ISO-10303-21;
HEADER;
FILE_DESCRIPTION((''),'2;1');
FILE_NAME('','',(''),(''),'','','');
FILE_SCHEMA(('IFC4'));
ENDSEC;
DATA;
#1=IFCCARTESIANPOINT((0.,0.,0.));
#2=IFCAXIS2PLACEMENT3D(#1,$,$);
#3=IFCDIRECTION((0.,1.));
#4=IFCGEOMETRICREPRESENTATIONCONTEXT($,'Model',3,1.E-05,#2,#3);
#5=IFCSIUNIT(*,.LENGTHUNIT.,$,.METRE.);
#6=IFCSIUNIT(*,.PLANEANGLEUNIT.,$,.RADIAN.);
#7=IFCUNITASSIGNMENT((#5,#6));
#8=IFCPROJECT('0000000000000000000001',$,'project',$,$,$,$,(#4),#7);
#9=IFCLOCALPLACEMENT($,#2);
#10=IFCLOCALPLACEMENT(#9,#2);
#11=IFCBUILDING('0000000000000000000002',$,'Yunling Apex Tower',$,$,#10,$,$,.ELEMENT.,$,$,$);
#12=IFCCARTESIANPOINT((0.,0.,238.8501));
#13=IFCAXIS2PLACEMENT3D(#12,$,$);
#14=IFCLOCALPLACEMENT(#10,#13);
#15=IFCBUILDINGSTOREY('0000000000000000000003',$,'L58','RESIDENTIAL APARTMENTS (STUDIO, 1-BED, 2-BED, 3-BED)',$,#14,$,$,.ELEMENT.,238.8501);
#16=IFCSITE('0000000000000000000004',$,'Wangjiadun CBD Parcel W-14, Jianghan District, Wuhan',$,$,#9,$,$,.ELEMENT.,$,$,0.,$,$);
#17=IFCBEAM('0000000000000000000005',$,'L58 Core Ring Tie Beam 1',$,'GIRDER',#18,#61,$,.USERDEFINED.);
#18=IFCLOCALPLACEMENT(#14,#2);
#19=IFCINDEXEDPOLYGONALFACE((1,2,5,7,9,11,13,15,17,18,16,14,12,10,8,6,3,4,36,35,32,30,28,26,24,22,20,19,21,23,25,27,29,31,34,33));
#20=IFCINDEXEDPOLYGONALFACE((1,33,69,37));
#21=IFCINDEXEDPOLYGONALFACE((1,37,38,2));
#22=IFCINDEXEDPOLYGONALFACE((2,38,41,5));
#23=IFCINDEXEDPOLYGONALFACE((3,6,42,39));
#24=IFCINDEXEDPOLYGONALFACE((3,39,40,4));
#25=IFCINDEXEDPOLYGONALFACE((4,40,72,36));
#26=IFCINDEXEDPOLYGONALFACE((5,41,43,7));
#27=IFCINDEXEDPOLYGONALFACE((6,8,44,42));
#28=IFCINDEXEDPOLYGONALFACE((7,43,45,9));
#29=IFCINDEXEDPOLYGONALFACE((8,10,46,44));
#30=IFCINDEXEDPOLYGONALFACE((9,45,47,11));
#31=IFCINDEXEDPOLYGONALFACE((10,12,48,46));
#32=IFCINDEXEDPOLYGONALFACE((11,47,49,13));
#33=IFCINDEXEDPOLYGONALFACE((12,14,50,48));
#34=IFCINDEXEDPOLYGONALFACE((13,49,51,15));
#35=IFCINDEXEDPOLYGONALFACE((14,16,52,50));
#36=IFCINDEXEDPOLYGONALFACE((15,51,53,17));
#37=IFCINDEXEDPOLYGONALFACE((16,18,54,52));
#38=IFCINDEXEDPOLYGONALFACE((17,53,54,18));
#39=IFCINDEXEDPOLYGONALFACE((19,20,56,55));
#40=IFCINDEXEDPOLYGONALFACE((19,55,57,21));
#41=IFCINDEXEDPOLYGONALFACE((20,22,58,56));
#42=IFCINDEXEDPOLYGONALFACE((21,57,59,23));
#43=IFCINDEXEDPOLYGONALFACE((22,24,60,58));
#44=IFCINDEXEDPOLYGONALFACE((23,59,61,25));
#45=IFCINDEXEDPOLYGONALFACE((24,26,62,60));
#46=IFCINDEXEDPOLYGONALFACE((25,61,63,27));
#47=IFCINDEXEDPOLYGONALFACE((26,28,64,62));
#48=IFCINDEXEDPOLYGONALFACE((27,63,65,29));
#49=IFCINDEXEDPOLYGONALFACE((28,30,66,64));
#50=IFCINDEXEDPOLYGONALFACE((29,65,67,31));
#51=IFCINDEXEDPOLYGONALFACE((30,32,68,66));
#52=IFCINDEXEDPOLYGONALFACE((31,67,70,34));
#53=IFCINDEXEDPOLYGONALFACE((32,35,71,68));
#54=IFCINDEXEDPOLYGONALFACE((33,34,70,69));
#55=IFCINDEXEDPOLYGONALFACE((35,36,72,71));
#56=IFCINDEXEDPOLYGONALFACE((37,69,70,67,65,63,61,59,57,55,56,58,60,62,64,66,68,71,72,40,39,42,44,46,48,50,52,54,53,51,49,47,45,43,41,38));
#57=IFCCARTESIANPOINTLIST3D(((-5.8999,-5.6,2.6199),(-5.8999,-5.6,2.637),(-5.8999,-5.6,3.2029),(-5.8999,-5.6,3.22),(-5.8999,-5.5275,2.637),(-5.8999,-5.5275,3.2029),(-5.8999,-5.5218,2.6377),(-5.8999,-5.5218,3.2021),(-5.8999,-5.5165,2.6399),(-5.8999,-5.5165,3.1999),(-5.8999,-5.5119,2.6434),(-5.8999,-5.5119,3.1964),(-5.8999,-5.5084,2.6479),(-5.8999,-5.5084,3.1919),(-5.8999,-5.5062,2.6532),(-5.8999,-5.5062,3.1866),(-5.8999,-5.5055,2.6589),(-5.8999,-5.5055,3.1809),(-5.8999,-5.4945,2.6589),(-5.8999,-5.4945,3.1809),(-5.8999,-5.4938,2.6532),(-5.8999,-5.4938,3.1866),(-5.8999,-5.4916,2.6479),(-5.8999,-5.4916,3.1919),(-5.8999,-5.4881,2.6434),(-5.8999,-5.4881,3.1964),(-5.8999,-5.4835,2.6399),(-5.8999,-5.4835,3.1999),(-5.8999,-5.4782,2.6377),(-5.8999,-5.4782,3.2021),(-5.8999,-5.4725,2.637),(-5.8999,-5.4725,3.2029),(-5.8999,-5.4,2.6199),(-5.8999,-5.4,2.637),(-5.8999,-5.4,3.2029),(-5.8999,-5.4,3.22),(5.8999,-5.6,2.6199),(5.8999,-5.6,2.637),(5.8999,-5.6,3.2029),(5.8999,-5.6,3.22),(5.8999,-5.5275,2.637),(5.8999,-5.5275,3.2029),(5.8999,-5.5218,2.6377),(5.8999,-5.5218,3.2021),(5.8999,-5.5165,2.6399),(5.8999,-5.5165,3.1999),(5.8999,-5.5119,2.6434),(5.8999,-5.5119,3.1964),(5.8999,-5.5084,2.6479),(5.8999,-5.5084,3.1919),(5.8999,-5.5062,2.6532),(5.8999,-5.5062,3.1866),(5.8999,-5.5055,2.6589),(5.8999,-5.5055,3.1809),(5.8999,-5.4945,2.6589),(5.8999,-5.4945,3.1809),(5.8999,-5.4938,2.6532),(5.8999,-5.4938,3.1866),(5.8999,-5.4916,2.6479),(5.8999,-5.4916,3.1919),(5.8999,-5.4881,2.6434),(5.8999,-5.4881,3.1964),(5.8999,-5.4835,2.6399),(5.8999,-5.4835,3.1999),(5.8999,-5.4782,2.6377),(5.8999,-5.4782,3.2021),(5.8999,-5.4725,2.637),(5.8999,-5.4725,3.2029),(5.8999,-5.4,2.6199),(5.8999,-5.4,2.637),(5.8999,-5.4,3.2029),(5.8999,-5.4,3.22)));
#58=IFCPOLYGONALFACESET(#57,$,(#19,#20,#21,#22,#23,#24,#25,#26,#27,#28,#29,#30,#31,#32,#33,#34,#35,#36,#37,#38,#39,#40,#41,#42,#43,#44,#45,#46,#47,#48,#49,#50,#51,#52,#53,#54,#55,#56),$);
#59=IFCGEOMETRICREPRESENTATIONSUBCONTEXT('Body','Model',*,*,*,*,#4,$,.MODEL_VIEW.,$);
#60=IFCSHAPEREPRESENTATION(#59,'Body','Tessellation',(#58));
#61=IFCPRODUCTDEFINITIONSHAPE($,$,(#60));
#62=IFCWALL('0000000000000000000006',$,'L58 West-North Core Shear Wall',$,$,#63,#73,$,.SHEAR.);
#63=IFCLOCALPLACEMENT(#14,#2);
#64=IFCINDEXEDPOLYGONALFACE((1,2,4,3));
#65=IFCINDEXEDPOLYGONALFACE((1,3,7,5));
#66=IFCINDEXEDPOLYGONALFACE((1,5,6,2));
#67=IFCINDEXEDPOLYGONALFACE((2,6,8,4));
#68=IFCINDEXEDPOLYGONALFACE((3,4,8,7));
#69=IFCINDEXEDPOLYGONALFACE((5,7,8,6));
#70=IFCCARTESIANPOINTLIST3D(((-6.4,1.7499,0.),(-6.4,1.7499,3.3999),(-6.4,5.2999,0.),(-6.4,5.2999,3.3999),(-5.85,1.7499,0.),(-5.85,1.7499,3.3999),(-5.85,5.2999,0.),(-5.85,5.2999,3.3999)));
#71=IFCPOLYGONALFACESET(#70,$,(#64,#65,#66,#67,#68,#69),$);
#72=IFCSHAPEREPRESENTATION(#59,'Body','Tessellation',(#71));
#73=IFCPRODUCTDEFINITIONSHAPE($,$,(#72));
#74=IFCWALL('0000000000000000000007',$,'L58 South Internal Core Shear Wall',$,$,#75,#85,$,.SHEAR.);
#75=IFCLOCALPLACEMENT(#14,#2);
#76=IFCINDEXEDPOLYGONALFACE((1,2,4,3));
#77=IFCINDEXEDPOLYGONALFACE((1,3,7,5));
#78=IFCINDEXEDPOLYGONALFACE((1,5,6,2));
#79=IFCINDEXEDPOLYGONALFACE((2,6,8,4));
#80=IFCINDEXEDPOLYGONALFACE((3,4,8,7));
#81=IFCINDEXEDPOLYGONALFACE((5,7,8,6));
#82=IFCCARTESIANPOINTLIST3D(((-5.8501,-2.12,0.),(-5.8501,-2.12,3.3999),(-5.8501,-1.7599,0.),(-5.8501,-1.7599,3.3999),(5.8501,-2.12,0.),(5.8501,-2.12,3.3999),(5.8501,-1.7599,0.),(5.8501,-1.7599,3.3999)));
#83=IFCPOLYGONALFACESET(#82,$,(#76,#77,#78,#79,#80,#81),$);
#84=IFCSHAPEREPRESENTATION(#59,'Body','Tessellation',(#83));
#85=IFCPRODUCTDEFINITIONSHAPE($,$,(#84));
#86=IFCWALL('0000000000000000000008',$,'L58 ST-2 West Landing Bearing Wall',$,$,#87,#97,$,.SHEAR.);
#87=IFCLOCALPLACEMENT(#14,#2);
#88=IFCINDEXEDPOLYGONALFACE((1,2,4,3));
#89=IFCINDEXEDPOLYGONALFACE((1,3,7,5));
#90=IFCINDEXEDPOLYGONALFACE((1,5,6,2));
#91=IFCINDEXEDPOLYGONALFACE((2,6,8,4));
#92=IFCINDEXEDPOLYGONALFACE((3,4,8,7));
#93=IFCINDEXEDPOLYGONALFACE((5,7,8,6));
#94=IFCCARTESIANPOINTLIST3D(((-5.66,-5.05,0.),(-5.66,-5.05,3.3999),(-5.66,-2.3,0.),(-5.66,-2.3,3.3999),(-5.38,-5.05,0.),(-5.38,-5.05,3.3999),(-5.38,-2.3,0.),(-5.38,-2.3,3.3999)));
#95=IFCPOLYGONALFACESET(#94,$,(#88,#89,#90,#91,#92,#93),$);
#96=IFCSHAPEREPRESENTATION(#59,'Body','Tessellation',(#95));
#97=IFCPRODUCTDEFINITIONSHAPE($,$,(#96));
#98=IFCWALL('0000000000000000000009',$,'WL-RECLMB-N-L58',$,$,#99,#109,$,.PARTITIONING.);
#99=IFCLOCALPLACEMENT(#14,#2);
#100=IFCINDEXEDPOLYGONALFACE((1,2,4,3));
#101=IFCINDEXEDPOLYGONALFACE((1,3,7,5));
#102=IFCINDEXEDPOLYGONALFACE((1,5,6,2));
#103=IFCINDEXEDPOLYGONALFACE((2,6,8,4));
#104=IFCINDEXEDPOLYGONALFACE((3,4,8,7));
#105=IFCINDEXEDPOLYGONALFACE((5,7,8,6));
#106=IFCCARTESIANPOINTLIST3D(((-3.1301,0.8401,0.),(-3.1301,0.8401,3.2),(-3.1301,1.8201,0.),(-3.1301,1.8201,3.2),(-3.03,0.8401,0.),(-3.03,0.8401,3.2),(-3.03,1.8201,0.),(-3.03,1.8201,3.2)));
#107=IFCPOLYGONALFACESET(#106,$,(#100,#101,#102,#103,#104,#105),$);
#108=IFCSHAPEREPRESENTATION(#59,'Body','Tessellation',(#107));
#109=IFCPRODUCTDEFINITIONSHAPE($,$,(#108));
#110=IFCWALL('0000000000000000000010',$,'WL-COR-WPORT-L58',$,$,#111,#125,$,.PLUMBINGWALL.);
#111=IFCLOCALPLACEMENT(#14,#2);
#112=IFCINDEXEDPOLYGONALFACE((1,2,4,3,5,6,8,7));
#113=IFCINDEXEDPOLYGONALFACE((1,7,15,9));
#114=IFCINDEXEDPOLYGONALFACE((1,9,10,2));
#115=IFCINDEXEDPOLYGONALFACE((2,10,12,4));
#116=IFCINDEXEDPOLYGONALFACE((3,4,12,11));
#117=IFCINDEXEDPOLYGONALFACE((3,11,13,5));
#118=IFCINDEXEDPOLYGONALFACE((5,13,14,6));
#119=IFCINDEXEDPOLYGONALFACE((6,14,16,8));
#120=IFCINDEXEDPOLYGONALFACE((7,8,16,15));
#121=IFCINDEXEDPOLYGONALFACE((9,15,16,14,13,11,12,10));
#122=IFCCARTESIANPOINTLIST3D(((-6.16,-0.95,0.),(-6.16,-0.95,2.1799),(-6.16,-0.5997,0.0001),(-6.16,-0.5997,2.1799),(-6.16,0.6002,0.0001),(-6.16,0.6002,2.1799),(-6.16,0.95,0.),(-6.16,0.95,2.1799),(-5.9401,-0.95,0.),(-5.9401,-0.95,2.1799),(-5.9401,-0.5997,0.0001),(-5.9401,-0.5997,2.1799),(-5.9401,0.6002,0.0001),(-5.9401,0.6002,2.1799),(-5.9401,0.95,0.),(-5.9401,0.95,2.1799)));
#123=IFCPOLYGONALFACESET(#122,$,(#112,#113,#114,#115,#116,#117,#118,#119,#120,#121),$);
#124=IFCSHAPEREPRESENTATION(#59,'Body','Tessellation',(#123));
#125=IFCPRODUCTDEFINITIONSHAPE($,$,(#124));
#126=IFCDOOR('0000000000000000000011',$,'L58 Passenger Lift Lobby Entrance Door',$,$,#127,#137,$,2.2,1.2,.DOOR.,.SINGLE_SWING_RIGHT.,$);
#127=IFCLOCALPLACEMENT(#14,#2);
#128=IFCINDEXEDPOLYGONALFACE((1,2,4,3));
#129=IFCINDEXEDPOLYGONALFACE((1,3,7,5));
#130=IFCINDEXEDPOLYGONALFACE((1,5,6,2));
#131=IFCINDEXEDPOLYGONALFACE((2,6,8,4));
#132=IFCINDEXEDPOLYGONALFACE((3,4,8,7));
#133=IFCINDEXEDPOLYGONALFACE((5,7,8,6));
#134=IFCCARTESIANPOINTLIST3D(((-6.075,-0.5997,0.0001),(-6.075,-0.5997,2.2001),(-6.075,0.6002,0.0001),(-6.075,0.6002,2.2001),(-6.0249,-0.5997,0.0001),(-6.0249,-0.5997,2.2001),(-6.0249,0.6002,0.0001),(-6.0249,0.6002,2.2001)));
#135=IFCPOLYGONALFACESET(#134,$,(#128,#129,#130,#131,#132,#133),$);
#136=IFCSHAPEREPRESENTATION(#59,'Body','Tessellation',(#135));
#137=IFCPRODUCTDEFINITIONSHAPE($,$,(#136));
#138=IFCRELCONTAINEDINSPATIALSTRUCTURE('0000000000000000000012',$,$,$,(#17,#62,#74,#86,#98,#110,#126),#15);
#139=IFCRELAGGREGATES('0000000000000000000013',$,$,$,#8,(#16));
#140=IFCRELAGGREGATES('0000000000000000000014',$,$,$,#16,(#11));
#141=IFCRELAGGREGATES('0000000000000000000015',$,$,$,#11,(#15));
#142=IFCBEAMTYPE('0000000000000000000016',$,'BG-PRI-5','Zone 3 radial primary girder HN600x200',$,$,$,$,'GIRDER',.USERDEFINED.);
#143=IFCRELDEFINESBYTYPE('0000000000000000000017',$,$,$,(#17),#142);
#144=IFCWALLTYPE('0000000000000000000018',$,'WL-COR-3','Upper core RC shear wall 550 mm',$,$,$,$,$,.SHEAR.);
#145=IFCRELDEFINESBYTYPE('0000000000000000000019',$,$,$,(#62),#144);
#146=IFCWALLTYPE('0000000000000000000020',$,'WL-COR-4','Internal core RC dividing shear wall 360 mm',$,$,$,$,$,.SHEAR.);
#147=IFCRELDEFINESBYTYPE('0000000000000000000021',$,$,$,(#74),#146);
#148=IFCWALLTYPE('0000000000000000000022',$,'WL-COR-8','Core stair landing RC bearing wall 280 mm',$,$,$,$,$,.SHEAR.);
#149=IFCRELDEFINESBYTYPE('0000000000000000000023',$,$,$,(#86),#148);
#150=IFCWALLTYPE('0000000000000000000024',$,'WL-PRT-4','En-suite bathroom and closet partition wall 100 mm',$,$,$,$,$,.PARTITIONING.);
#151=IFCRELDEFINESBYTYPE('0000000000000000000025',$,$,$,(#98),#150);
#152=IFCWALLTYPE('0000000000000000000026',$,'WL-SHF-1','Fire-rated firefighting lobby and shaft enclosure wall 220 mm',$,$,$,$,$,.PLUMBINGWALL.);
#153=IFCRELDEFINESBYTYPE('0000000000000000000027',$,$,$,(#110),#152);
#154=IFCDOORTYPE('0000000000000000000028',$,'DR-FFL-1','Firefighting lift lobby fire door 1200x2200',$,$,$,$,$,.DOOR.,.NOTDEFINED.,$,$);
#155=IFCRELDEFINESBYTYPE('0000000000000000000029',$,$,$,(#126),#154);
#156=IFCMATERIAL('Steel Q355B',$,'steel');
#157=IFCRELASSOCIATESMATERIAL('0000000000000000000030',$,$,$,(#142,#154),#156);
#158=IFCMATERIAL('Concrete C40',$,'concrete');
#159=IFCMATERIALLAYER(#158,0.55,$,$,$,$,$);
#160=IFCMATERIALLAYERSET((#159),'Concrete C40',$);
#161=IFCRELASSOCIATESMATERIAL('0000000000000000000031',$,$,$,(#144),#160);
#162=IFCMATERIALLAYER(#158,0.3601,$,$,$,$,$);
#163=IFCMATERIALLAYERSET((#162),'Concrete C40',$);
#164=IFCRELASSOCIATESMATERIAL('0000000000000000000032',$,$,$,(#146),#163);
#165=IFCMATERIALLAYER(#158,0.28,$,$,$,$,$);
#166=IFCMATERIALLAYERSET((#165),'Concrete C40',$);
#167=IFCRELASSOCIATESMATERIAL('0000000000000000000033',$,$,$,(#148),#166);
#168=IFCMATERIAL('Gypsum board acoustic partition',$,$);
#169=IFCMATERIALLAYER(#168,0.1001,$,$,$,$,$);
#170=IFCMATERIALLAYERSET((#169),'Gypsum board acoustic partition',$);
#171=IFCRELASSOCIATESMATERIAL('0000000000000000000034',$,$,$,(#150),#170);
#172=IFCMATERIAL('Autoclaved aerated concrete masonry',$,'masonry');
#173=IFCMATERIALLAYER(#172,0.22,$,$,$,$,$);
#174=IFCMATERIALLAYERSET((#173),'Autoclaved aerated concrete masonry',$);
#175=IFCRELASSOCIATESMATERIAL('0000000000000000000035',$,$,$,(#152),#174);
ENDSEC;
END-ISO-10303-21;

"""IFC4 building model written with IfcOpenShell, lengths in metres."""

from ifc_helpers import new_model, si_unit, direction, frame, frame_2d, origin, origin_2d, place, context, subcontext, project, spatial, rectangle, i_section, extrude, source, transform, mapped, material, layer, layer_set, material_profile, profile_set, type_object, element, fill, save


model = new_model("IFC4")

# Units and contexts
model_context = context("Model", 3, precision=1e-05, world=origin(), true_north=direction((0.0, 1.0)))
body_context = subcontext(model_context, "Body", "Model", "MODEL_VIEW")
ifc_project = project(units=[si_unit("LENGTHUNIT", "METRE"), si_unit("PLANEANGLEUNIT", "RADIAN")], contexts=[model_context])

# Site, building, storey
site_placement = place(None, origin())
site = spatial("IfcSite", under=ifc_project, at=site_placement, Name="Wangjiadun CBD Parcel W-14, Jianghan District, Wuhan", CompositionType="ELEMENT", RefElevation=0.0)
building_placement = place(site_placement, origin())
building = spatial("IfcBuilding", under=site, at=building_placement, Name="Yunling Apex Tower", CompositionType="ELEMENT")
storey_placement = place(building_placement, frame((0.0, 0.0, 238.8501)))
storey = spatial("IfcBuildingStorey", under=building, at=storey_placement, Name="L58", Description="RESIDENTIAL APARTMENTS (STUDIO, 1-BED, 2-BED, 3-BED)", CompositionType="ELEMENT", Elevation=238.8501)

# Beam
ifc_material_1 = material(Name="Steel Q355B", Category="steel")
ifc_material_2 = material(Name="Concrete C40", Category="concrete")
ifc_material_profile_1 = material_profile(ifc_material_1, i_section(OverallWidth=0.2, OverallDepth=0.6001, WebThickness=0.011, FlangeThickness=0.0171, FilletRadius=0.022, at=origin_2d()))
ifc_profile_set_1 = profile_set([ifc_material_profile_1], Name="Steel Q355B")
beam_type_1 = type_object("IfcBeamType", Name="BG-PRI-5", Description="Zone 3 radial primary girder HN600x200", ElementType="GIRDER", PredefinedType="USERDEFINED", material=ifc_profile_set_1)
shared_shape_1 = source(origin(), body_context, "Body", "SweptSolid", [
    extrude(i_section(OverallWidth=0.2, OverallDepth=0.6001, WebThickness=0.011, FlangeThickness=0.0171, FilletRadius=0.022, at=origin_2d()), origin(), (0.0, 0.0, 1.0), 11.7998),
])
beam_1_placement = place(storey_placement, frame((-5.8999, -5.5, 2.9199), z_axis=(1.0, 0.0, 0.0), x_axis=(0.0, 1.0, 0.0)))
element("IfcBeam", 1, at=beam_1_placement, inside=storey, type_object=beam_type_1, Name="L58 Core Ring Tie Beam 1", ObjectType="GIRDER", PredefinedType="USERDEFINED", context=body_context, shape_type="MappedRepresentation", body=[
    mapped(shared_shape_1, transform((0.0, 0.0, 0.0), scale=1.0)),
])

# Walls
ifc_layer_1 = layer(ifc_material_2, 0.55)
ifc_layer_set_1 = layer_set([ifc_layer_1], Name="Concrete C40")
wall_type_1 = type_object("IfcWallType", Name="WL-COR-3", Description="Upper core RC shear wall 550 mm", PredefinedType="SHEAR", material=ifc_layer_set_1)
wall_1_placement = place(storey_placement, frame((-6.125, 1.75, 0.0), z_axis=(0.0, 0.0, 1.0), x_axis=(0.0, 1.0, 0.0)))
element("IfcWall", 2, at=wall_1_placement, inside=storey, type_object=wall_type_1, Name="L58 West-North Core Shear Wall", PredefinedType="SHEAR", context=body_context, shape_type="SweptSolid", body=[
    extrude(rectangle(XDim=3.55, YDim=0.55, at=frame_2d((1.7749, 0.0))), origin(), (0.0, 0.0, 1.0), 3.3999),
])
ifc_layer_2 = layer(ifc_material_2, 0.3601)
ifc_layer_set_2 = layer_set([ifc_layer_2], Name="Concrete C40")
wall_type_2 = type_object("IfcWallType", Name="WL-COR-4", Description="Internal core RC dividing shear wall 360 mm", PredefinedType="SHEAR", material=ifc_layer_set_2)
wall_2_placement = place(storey_placement, frame((-5.8501, -1.9399, 0.0), z_axis=(0.0, 0.0, 1.0), x_axis=(1.0, 0.0, 0.0)))
element("IfcWall", 3, at=wall_2_placement, inside=storey, type_object=wall_type_2, Name="L58 South Internal Core Shear Wall", PredefinedType="SHEAR", context=body_context, shape_type="SweptSolid", body=[
    extrude(rectangle(XDim=11.7002, YDim=0.3601, at=frame_2d((5.8501, 0.0))), origin(), (0.0, 0.0, 1.0), 3.3999),
])
ifc_layer_3 = layer(ifc_material_2, 0.28)
ifc_layer_set_3 = layer_set([ifc_layer_3], Name="Concrete C40")
wall_type_3 = type_object("IfcWallType", Name="WL-COR-8", Description="Core stair landing RC bearing wall 280 mm", PredefinedType="SHEAR", material=ifc_layer_set_3)
wall_3_placement = place(storey_placement, frame((-5.52, -5.05, 0.0), z_axis=(0.0, 0.0, 1.0), x_axis=(0.0, 1.0, 0.0)))
element("IfcWall", 4, at=wall_3_placement, inside=storey, type_object=wall_type_3, Name="L58 ST-2 West Landing Bearing Wall", PredefinedType="SHEAR", context=body_context, shape_type="SweptSolid", body=[
    extrude(rectangle(XDim=2.75, YDim=0.28, at=frame_2d((1.375, 0.0))), origin(), (0.0, 0.0, 1.0), 3.3999),
])
ifc_material_3 = material(Name="Gypsum board acoustic partition")
ifc_layer_4 = layer(ifc_material_3, 0.1001)
ifc_layer_set_4 = layer_set([ifc_layer_4], Name="Gypsum board acoustic partition")
wall_type_4 = type_object("IfcWallType", Name="WL-PRT-4", Description="En-suite bathroom and closet partition wall 100 mm", PredefinedType="PARTITIONING", material=ifc_layer_set_4)
wall_4_placement = place(storey_placement, frame((-3.0801, 0.8401, 0.0), z_axis=(0.0, 0.0, 1.0), x_axis=(0.0, 1.0, 0.0)))
element("IfcWall", 5, at=wall_4_placement, inside=storey, type_object=wall_type_4, Name="WL-RECLMB-N-L58", PredefinedType="PARTITIONING", context=body_context, shape_type="SweptSolid", body=[
    extrude(rectangle(XDim=0.98, YDim=0.1001, at=frame_2d((0.49, 0.0))), origin(), (0.0, 0.0, 1.0), 3.2),
])

# Wall, opening, door
ifc_material_4 = material(Name="Autoclaved aerated concrete masonry", Category="masonry")
ifc_layer_5 = layer(ifc_material_4, 0.22)
ifc_layer_set_5 = layer_set([ifc_layer_5], Name="Autoclaved aerated concrete masonry")
wall_type_5 = type_object("IfcWallType", Name="WL-SHF-1", Description="Fire-rated firefighting lobby and shaft enclosure wall 220 mm", PredefinedType="PLUMBINGWALL", material=ifc_layer_set_5)
wall_5_placement = place(storey_placement, frame((-6.05, -0.95, 0.0), z_axis=(0.0, 0.0, 1.0), x_axis=(0.0, 1.0, 0.0)))
wall_5 = element("IfcWall", 6, at=wall_5_placement, inside=storey, type_object=wall_type_5, Name="WL-COR-WPORT-L58", PredefinedType="PLUMBINGWALL", context=body_context, shape_type="SweptSolid", body=[
    extrude(rectangle(XDim=1.8999, YDim=0.22, at=frame_2d((0.95, 0.0))), origin(), (0.0, 0.0, 1.0), 2.1799),
])
opening_1_placement = place(wall_5_placement, frame((0.3501, 0.0, 0.0)))
opening_1 = element("IfcOpeningElement", 7, at=opening_1_placement, cuts=wall_5, PredefinedType="OPENING", context=body_context, shape_type="SweptSolid", body=[
    extrude(rectangle(XDim=1.2, YDim=2.2, at=frame_2d((0.6001, 1.1001))), frame((0.0, 0.1201, 0.0), z_axis=(0.0, -1.0, 0.0), x_axis=(1.0, 0.0, 0.0)), (0.0, 0.0, 1.0), 0.24),
])
door_type_1 = type_object("IfcDoorType", Name="DR-FFL-1", Description="Firefighting lift lobby fire door 1200x2200", OperationType="NOTDEFINED", PredefinedType="DOOR", material=ifc_material_1)
door_1_placement = place(opening_1_placement, origin())
door_1 = element("IfcDoor", 8, at=door_1_placement, inside=storey, type_object=door_type_1, Name="L58 Passenger Lift Lobby Entrance Door", OperationType="SINGLE_SWING_RIGHT", OverallHeight=2.2, OverallWidth=1.2, PredefinedType="DOOR", context=body_context, shape_type="SweptSolid", body=[
    extrude(rectangle(XDim=1.2, YDim=2.2, at=frame_2d((0.6001, 1.1001))), frame((0.0, 0.0249, 0.0), z_axis=(0.0, -1.0, 0.0), x_axis=(1.0, 0.0, 0.0)), (0.0, 0.0, 1.0), 0.05),
])
fill(opening_1, door_1)

save(model, "model.ifc")
